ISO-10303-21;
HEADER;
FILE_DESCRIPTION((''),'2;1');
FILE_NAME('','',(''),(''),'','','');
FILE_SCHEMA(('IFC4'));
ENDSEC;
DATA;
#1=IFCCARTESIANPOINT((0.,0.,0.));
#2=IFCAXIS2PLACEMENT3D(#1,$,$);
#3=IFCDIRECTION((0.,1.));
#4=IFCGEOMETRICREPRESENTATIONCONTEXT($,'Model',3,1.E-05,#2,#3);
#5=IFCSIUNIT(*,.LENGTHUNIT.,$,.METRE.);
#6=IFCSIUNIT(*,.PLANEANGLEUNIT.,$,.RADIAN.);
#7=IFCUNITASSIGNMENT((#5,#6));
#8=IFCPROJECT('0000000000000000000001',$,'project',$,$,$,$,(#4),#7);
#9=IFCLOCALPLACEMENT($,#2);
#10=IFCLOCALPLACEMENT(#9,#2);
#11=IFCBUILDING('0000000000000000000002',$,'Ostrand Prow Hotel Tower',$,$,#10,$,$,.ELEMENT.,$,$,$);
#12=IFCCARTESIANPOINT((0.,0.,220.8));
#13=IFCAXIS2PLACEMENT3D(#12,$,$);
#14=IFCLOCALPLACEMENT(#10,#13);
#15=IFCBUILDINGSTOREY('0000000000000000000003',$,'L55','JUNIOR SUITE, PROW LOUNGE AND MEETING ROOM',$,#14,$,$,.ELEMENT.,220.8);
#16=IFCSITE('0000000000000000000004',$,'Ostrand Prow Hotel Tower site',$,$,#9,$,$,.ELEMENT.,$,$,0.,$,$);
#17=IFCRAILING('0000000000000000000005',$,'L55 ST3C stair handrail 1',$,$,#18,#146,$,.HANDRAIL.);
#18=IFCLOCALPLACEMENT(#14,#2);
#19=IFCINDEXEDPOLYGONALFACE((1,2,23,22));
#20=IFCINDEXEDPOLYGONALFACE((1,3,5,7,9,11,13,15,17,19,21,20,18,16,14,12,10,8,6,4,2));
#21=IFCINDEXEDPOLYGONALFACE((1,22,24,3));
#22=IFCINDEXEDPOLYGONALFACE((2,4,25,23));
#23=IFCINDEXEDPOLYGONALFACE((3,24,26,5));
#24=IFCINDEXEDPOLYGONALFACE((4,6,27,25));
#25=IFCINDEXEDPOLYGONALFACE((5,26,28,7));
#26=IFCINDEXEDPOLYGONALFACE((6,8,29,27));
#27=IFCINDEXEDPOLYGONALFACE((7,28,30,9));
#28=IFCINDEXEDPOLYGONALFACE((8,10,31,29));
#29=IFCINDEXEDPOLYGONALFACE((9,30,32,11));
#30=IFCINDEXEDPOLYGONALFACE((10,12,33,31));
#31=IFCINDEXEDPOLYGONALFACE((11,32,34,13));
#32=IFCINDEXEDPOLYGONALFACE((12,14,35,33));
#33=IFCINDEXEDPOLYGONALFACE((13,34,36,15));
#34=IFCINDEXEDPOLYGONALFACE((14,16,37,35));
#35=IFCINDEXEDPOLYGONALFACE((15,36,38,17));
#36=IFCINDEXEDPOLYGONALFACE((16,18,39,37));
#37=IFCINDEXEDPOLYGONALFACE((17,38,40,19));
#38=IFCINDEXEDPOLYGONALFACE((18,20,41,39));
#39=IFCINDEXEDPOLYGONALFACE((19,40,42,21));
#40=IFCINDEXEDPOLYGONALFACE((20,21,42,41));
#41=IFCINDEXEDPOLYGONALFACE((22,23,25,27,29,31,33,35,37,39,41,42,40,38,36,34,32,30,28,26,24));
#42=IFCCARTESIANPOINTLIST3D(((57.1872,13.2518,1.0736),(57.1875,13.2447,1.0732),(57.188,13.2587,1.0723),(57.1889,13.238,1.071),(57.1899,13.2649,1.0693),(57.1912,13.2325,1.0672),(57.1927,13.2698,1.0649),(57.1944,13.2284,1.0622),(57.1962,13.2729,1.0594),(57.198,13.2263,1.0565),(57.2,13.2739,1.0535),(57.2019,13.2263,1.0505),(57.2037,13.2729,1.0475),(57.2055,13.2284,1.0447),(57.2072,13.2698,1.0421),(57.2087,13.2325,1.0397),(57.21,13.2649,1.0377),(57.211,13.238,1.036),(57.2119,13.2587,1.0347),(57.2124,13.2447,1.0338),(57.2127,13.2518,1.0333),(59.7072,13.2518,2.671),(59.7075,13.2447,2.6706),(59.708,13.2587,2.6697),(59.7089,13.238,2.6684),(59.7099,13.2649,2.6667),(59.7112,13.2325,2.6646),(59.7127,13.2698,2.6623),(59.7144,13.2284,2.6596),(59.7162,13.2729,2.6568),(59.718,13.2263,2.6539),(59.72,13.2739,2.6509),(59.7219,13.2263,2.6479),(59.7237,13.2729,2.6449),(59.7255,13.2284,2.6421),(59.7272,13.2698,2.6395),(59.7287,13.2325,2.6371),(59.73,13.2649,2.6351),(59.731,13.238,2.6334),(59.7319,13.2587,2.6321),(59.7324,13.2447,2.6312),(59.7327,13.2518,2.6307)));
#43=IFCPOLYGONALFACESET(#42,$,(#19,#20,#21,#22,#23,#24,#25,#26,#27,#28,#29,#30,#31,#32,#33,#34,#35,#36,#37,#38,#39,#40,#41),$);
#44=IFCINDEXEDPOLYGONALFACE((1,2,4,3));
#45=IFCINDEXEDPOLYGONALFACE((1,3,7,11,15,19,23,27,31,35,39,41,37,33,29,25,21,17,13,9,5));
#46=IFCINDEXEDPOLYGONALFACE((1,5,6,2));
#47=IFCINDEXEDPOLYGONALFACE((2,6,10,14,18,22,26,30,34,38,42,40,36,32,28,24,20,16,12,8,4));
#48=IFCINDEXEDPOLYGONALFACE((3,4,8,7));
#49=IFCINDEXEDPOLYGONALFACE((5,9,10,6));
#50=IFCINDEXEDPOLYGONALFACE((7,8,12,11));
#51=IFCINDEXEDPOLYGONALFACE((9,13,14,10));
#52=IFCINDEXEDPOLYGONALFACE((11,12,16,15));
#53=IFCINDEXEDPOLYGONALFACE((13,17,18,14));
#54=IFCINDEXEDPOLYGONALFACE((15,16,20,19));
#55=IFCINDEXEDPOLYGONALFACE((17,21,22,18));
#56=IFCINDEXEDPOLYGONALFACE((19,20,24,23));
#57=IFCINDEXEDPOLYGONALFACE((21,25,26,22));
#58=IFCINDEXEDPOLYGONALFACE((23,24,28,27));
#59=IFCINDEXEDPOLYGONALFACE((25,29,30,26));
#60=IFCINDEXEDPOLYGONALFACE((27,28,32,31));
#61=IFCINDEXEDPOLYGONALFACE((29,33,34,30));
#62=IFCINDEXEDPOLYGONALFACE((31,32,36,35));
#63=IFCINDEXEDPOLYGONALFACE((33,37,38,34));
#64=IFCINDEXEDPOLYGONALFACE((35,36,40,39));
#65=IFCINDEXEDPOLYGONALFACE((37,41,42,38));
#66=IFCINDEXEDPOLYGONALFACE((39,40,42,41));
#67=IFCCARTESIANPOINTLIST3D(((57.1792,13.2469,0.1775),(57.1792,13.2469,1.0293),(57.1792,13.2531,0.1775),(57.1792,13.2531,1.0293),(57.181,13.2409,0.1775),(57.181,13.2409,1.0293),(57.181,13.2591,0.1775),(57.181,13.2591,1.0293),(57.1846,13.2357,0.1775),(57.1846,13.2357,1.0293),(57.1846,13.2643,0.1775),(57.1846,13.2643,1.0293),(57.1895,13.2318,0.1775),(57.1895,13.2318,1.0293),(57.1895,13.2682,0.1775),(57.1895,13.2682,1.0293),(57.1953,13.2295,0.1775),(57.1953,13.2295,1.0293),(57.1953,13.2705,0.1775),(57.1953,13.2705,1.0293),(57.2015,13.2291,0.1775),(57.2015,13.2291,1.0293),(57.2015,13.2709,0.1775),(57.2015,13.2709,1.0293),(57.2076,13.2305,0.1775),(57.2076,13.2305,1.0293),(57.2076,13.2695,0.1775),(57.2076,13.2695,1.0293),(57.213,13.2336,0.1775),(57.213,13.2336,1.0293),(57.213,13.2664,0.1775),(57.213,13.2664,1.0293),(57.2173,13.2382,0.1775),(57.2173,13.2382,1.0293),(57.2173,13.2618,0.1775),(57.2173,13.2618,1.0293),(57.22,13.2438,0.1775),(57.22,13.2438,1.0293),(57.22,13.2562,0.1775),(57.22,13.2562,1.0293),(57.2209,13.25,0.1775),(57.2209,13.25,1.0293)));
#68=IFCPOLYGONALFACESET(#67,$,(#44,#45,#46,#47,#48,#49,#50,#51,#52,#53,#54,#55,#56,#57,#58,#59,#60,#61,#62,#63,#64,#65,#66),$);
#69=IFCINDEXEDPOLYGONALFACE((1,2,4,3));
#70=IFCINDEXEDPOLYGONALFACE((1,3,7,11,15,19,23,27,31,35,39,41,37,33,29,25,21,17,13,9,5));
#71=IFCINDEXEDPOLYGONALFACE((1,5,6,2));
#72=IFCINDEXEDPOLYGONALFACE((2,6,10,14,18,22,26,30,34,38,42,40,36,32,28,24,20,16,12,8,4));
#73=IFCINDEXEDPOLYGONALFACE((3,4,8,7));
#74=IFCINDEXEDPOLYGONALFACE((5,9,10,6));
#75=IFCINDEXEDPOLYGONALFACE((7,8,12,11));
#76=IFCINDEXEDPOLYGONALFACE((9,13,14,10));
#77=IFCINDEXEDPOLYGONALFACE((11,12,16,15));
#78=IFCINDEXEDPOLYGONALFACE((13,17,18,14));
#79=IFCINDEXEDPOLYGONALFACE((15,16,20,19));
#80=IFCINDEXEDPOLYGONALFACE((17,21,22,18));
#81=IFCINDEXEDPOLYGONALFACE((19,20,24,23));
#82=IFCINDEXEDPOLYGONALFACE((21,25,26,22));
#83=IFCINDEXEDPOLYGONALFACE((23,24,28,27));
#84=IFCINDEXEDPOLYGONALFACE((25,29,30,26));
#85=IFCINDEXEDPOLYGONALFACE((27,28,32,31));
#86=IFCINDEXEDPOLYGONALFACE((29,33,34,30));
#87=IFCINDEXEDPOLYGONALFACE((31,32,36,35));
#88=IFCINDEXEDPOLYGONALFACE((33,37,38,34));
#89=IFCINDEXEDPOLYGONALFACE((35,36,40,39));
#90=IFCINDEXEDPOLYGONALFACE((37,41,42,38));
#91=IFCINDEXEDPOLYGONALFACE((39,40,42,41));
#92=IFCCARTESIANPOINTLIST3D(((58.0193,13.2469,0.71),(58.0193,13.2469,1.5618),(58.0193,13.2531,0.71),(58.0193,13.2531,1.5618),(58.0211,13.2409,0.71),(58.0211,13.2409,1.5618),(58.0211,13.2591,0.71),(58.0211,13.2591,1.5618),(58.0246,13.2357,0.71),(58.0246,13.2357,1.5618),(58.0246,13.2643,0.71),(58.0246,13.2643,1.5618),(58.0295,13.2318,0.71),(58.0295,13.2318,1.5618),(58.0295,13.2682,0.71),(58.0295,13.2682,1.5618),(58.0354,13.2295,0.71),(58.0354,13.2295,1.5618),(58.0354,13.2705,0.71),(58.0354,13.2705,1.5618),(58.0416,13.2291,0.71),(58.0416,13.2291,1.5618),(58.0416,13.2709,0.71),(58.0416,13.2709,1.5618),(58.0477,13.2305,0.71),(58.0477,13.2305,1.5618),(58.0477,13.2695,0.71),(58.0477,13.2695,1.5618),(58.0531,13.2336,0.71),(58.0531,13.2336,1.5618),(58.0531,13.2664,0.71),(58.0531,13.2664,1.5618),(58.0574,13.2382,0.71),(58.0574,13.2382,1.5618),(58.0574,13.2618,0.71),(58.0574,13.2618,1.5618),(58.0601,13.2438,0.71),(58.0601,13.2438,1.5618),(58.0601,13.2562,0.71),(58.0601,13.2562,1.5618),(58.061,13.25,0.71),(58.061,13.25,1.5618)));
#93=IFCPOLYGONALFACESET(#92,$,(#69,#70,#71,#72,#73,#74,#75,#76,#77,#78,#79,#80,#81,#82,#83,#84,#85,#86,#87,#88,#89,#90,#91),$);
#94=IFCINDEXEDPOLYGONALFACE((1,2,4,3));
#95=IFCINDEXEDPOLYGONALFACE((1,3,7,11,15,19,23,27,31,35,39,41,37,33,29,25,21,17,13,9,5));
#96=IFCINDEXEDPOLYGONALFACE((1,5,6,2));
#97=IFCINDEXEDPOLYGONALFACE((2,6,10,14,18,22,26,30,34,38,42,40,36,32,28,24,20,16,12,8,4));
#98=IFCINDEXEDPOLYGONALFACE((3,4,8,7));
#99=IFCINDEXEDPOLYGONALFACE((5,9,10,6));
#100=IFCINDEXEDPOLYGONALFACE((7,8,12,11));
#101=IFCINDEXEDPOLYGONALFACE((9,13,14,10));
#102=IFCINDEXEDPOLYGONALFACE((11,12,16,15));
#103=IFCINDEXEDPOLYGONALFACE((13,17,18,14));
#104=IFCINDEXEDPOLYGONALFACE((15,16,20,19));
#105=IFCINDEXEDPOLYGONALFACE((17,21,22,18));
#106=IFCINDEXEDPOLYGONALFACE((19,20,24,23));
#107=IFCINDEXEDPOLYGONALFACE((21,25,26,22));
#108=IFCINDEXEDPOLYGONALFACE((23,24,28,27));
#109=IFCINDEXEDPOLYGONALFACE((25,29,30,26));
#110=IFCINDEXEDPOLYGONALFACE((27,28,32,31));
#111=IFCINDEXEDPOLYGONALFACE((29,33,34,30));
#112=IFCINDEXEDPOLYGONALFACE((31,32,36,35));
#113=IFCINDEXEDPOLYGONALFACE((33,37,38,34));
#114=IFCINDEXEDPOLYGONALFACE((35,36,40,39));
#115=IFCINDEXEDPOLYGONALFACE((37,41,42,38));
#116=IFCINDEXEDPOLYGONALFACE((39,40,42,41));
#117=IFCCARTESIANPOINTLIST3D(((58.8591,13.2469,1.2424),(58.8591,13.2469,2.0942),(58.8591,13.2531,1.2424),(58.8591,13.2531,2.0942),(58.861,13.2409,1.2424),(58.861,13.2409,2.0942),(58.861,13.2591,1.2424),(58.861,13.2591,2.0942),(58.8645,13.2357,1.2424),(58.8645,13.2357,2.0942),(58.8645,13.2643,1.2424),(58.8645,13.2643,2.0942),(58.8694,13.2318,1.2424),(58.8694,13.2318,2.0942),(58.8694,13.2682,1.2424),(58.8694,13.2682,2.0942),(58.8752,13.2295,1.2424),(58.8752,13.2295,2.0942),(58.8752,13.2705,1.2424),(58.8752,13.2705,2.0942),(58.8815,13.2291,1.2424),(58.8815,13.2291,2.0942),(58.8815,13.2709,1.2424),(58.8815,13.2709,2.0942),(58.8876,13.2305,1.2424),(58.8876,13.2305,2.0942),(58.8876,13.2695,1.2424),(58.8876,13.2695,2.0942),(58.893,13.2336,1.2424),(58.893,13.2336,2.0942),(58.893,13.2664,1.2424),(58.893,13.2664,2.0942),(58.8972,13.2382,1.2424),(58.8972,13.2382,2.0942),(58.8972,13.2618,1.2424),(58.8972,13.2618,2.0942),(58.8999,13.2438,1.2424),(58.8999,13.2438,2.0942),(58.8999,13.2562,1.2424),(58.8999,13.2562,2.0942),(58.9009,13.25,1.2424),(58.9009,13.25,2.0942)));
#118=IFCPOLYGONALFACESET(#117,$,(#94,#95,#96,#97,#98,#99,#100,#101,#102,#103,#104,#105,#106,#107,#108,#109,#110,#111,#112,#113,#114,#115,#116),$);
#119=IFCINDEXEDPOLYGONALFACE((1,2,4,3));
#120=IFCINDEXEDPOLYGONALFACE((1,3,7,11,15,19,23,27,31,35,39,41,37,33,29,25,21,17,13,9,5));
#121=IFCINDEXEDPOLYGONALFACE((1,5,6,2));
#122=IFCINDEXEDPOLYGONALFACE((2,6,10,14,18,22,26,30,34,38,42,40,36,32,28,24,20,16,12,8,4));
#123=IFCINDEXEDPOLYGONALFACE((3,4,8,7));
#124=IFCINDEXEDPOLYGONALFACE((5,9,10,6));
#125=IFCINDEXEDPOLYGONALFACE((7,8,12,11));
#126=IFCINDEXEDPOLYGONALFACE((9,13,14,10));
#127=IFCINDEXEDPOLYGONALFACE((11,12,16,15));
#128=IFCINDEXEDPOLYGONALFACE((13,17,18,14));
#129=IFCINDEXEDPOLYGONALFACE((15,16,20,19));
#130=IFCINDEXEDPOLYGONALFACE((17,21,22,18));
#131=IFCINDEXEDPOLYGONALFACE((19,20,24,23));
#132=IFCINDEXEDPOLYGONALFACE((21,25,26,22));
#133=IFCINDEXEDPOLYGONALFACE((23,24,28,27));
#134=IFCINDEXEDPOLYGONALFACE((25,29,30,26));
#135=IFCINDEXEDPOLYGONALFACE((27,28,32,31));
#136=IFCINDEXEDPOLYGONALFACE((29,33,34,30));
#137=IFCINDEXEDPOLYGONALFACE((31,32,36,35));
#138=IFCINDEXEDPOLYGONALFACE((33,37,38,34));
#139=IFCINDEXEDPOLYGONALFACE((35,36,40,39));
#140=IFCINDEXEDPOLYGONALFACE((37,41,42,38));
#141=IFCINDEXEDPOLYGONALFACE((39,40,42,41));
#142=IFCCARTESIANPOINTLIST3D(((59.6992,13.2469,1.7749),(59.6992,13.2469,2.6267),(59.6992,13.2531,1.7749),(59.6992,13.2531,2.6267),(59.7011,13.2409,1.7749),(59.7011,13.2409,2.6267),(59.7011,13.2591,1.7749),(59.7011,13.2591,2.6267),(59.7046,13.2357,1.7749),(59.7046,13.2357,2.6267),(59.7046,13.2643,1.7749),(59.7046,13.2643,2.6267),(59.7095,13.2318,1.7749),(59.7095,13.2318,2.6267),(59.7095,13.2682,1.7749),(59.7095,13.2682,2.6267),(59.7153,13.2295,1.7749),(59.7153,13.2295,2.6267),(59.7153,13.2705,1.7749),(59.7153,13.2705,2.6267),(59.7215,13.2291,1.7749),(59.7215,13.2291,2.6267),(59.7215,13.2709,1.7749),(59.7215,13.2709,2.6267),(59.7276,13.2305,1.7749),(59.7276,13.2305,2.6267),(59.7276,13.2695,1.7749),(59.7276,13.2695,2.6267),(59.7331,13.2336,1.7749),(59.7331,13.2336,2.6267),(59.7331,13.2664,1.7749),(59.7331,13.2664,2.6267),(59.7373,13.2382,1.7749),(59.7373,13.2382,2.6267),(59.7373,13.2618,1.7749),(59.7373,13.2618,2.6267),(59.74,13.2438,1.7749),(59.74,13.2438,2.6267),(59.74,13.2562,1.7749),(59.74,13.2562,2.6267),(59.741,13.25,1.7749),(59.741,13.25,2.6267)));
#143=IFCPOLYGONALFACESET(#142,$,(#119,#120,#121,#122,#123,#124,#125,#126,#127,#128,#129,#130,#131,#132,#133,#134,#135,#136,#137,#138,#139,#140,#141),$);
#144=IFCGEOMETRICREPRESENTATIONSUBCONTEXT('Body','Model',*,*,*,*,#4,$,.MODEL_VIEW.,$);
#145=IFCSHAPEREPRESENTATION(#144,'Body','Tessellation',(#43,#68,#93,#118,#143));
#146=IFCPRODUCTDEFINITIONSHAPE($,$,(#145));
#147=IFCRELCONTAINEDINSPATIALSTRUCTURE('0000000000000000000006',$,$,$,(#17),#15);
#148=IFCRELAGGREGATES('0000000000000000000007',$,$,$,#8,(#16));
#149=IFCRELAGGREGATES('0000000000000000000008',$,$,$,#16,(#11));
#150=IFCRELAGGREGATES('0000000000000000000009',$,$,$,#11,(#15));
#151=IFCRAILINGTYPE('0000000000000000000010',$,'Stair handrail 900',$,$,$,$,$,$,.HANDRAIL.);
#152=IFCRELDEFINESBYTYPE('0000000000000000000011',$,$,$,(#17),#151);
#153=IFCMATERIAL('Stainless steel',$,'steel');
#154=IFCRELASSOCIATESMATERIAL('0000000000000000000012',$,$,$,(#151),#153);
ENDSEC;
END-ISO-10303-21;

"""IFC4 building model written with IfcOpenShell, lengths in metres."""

from ifc_helpers import new_model, si_unit, direction, frame, origin, origin_2d, place, context, subcontext, project, spatial, circle, extrude, material, type_object, element, save


model = new_model("IFC4")

# Units and contexts
model_context = context("Model", 3, precision=1e-05, world=origin(), true_north=direction((0.0, 1.0)))
body_context = subcontext(model_context, "Body", "Model", "MODEL_VIEW")
ifc_project = project(units=[si_unit("LENGTHUNIT", "METRE"), si_unit("PLANEANGLEUNIT", "RADIAN")], contexts=[model_context])

# Site, building, storey
site_placement = place(None, origin())
site = spatial("IfcSite", under=ifc_project, at=site_placement, Name="Ostrand Prow Hotel Tower site", CompositionType="ELEMENT", RefElevation=0.0)
building_placement = place(site_placement, origin())
building = spatial("IfcBuilding", under=site, at=building_placement, Name="Ostrand Prow Hotel Tower", CompositionType="ELEMENT")
storey_placement = place(building_placement, frame((0.0, 0.0, 220.8)))
storey = spatial("IfcBuildingStorey", under=building, at=storey_placement, Name="L55", Description="JUNIOR SUITE, PROW LOUNGE AND MEETING ROOM", CompositionType="ELEMENT", Elevation=220.8)

# Railing
ifc_material_1 = material(Name="Stainless steel", Category="steel")
railing_type_1 = type_object("IfcRailingType", Name="Stair handrail 900", PredefinedType="HANDRAIL", material=ifc_material_1)
railing_1_placement = place(storey_placement, frame((57.2, 13.25, 0.1775)))
element("IfcRailing", 1, at=railing_1_placement, inside=storey, type_object=railing_type_1, Name="L55 ST3C stair handrail 1", PredefinedType="HANDRAIL", context=body_context, shape_type="SweptSolid", body=[
    extrude(circle(Radius=0.0239, at=origin_2d()), frame((0.0, 0.0, 0.876), z_axis=(0.844607, 0.0, 0.535387), x_axis=(0.0, 1.0, 0.0)), (0.0, 0.0, 1.0), 2.9836),
    extrude(circle(Radius=0.021, at=origin_2d()), origin(), (0.0, 0.0, 1.0), 0.8518),
    extrude(circle(Radius=0.021, at=origin_2d()), frame((0.8401, 0.0, 0.5325)), (0.0, 0.0, 1.0), 0.8518),
    extrude(circle(Radius=0.021, at=origin_2d()), frame((1.6799, 0.0, 1.0649)), (0.0, 0.0, 1.0), 0.8518),
    extrude(circle(Radius=0.021, at=origin_2d()), frame((2.52, 0.0, 1.5974)), (0.0, 0.0, 1.0), 0.8518),
])

save(model, "model.ifc")
